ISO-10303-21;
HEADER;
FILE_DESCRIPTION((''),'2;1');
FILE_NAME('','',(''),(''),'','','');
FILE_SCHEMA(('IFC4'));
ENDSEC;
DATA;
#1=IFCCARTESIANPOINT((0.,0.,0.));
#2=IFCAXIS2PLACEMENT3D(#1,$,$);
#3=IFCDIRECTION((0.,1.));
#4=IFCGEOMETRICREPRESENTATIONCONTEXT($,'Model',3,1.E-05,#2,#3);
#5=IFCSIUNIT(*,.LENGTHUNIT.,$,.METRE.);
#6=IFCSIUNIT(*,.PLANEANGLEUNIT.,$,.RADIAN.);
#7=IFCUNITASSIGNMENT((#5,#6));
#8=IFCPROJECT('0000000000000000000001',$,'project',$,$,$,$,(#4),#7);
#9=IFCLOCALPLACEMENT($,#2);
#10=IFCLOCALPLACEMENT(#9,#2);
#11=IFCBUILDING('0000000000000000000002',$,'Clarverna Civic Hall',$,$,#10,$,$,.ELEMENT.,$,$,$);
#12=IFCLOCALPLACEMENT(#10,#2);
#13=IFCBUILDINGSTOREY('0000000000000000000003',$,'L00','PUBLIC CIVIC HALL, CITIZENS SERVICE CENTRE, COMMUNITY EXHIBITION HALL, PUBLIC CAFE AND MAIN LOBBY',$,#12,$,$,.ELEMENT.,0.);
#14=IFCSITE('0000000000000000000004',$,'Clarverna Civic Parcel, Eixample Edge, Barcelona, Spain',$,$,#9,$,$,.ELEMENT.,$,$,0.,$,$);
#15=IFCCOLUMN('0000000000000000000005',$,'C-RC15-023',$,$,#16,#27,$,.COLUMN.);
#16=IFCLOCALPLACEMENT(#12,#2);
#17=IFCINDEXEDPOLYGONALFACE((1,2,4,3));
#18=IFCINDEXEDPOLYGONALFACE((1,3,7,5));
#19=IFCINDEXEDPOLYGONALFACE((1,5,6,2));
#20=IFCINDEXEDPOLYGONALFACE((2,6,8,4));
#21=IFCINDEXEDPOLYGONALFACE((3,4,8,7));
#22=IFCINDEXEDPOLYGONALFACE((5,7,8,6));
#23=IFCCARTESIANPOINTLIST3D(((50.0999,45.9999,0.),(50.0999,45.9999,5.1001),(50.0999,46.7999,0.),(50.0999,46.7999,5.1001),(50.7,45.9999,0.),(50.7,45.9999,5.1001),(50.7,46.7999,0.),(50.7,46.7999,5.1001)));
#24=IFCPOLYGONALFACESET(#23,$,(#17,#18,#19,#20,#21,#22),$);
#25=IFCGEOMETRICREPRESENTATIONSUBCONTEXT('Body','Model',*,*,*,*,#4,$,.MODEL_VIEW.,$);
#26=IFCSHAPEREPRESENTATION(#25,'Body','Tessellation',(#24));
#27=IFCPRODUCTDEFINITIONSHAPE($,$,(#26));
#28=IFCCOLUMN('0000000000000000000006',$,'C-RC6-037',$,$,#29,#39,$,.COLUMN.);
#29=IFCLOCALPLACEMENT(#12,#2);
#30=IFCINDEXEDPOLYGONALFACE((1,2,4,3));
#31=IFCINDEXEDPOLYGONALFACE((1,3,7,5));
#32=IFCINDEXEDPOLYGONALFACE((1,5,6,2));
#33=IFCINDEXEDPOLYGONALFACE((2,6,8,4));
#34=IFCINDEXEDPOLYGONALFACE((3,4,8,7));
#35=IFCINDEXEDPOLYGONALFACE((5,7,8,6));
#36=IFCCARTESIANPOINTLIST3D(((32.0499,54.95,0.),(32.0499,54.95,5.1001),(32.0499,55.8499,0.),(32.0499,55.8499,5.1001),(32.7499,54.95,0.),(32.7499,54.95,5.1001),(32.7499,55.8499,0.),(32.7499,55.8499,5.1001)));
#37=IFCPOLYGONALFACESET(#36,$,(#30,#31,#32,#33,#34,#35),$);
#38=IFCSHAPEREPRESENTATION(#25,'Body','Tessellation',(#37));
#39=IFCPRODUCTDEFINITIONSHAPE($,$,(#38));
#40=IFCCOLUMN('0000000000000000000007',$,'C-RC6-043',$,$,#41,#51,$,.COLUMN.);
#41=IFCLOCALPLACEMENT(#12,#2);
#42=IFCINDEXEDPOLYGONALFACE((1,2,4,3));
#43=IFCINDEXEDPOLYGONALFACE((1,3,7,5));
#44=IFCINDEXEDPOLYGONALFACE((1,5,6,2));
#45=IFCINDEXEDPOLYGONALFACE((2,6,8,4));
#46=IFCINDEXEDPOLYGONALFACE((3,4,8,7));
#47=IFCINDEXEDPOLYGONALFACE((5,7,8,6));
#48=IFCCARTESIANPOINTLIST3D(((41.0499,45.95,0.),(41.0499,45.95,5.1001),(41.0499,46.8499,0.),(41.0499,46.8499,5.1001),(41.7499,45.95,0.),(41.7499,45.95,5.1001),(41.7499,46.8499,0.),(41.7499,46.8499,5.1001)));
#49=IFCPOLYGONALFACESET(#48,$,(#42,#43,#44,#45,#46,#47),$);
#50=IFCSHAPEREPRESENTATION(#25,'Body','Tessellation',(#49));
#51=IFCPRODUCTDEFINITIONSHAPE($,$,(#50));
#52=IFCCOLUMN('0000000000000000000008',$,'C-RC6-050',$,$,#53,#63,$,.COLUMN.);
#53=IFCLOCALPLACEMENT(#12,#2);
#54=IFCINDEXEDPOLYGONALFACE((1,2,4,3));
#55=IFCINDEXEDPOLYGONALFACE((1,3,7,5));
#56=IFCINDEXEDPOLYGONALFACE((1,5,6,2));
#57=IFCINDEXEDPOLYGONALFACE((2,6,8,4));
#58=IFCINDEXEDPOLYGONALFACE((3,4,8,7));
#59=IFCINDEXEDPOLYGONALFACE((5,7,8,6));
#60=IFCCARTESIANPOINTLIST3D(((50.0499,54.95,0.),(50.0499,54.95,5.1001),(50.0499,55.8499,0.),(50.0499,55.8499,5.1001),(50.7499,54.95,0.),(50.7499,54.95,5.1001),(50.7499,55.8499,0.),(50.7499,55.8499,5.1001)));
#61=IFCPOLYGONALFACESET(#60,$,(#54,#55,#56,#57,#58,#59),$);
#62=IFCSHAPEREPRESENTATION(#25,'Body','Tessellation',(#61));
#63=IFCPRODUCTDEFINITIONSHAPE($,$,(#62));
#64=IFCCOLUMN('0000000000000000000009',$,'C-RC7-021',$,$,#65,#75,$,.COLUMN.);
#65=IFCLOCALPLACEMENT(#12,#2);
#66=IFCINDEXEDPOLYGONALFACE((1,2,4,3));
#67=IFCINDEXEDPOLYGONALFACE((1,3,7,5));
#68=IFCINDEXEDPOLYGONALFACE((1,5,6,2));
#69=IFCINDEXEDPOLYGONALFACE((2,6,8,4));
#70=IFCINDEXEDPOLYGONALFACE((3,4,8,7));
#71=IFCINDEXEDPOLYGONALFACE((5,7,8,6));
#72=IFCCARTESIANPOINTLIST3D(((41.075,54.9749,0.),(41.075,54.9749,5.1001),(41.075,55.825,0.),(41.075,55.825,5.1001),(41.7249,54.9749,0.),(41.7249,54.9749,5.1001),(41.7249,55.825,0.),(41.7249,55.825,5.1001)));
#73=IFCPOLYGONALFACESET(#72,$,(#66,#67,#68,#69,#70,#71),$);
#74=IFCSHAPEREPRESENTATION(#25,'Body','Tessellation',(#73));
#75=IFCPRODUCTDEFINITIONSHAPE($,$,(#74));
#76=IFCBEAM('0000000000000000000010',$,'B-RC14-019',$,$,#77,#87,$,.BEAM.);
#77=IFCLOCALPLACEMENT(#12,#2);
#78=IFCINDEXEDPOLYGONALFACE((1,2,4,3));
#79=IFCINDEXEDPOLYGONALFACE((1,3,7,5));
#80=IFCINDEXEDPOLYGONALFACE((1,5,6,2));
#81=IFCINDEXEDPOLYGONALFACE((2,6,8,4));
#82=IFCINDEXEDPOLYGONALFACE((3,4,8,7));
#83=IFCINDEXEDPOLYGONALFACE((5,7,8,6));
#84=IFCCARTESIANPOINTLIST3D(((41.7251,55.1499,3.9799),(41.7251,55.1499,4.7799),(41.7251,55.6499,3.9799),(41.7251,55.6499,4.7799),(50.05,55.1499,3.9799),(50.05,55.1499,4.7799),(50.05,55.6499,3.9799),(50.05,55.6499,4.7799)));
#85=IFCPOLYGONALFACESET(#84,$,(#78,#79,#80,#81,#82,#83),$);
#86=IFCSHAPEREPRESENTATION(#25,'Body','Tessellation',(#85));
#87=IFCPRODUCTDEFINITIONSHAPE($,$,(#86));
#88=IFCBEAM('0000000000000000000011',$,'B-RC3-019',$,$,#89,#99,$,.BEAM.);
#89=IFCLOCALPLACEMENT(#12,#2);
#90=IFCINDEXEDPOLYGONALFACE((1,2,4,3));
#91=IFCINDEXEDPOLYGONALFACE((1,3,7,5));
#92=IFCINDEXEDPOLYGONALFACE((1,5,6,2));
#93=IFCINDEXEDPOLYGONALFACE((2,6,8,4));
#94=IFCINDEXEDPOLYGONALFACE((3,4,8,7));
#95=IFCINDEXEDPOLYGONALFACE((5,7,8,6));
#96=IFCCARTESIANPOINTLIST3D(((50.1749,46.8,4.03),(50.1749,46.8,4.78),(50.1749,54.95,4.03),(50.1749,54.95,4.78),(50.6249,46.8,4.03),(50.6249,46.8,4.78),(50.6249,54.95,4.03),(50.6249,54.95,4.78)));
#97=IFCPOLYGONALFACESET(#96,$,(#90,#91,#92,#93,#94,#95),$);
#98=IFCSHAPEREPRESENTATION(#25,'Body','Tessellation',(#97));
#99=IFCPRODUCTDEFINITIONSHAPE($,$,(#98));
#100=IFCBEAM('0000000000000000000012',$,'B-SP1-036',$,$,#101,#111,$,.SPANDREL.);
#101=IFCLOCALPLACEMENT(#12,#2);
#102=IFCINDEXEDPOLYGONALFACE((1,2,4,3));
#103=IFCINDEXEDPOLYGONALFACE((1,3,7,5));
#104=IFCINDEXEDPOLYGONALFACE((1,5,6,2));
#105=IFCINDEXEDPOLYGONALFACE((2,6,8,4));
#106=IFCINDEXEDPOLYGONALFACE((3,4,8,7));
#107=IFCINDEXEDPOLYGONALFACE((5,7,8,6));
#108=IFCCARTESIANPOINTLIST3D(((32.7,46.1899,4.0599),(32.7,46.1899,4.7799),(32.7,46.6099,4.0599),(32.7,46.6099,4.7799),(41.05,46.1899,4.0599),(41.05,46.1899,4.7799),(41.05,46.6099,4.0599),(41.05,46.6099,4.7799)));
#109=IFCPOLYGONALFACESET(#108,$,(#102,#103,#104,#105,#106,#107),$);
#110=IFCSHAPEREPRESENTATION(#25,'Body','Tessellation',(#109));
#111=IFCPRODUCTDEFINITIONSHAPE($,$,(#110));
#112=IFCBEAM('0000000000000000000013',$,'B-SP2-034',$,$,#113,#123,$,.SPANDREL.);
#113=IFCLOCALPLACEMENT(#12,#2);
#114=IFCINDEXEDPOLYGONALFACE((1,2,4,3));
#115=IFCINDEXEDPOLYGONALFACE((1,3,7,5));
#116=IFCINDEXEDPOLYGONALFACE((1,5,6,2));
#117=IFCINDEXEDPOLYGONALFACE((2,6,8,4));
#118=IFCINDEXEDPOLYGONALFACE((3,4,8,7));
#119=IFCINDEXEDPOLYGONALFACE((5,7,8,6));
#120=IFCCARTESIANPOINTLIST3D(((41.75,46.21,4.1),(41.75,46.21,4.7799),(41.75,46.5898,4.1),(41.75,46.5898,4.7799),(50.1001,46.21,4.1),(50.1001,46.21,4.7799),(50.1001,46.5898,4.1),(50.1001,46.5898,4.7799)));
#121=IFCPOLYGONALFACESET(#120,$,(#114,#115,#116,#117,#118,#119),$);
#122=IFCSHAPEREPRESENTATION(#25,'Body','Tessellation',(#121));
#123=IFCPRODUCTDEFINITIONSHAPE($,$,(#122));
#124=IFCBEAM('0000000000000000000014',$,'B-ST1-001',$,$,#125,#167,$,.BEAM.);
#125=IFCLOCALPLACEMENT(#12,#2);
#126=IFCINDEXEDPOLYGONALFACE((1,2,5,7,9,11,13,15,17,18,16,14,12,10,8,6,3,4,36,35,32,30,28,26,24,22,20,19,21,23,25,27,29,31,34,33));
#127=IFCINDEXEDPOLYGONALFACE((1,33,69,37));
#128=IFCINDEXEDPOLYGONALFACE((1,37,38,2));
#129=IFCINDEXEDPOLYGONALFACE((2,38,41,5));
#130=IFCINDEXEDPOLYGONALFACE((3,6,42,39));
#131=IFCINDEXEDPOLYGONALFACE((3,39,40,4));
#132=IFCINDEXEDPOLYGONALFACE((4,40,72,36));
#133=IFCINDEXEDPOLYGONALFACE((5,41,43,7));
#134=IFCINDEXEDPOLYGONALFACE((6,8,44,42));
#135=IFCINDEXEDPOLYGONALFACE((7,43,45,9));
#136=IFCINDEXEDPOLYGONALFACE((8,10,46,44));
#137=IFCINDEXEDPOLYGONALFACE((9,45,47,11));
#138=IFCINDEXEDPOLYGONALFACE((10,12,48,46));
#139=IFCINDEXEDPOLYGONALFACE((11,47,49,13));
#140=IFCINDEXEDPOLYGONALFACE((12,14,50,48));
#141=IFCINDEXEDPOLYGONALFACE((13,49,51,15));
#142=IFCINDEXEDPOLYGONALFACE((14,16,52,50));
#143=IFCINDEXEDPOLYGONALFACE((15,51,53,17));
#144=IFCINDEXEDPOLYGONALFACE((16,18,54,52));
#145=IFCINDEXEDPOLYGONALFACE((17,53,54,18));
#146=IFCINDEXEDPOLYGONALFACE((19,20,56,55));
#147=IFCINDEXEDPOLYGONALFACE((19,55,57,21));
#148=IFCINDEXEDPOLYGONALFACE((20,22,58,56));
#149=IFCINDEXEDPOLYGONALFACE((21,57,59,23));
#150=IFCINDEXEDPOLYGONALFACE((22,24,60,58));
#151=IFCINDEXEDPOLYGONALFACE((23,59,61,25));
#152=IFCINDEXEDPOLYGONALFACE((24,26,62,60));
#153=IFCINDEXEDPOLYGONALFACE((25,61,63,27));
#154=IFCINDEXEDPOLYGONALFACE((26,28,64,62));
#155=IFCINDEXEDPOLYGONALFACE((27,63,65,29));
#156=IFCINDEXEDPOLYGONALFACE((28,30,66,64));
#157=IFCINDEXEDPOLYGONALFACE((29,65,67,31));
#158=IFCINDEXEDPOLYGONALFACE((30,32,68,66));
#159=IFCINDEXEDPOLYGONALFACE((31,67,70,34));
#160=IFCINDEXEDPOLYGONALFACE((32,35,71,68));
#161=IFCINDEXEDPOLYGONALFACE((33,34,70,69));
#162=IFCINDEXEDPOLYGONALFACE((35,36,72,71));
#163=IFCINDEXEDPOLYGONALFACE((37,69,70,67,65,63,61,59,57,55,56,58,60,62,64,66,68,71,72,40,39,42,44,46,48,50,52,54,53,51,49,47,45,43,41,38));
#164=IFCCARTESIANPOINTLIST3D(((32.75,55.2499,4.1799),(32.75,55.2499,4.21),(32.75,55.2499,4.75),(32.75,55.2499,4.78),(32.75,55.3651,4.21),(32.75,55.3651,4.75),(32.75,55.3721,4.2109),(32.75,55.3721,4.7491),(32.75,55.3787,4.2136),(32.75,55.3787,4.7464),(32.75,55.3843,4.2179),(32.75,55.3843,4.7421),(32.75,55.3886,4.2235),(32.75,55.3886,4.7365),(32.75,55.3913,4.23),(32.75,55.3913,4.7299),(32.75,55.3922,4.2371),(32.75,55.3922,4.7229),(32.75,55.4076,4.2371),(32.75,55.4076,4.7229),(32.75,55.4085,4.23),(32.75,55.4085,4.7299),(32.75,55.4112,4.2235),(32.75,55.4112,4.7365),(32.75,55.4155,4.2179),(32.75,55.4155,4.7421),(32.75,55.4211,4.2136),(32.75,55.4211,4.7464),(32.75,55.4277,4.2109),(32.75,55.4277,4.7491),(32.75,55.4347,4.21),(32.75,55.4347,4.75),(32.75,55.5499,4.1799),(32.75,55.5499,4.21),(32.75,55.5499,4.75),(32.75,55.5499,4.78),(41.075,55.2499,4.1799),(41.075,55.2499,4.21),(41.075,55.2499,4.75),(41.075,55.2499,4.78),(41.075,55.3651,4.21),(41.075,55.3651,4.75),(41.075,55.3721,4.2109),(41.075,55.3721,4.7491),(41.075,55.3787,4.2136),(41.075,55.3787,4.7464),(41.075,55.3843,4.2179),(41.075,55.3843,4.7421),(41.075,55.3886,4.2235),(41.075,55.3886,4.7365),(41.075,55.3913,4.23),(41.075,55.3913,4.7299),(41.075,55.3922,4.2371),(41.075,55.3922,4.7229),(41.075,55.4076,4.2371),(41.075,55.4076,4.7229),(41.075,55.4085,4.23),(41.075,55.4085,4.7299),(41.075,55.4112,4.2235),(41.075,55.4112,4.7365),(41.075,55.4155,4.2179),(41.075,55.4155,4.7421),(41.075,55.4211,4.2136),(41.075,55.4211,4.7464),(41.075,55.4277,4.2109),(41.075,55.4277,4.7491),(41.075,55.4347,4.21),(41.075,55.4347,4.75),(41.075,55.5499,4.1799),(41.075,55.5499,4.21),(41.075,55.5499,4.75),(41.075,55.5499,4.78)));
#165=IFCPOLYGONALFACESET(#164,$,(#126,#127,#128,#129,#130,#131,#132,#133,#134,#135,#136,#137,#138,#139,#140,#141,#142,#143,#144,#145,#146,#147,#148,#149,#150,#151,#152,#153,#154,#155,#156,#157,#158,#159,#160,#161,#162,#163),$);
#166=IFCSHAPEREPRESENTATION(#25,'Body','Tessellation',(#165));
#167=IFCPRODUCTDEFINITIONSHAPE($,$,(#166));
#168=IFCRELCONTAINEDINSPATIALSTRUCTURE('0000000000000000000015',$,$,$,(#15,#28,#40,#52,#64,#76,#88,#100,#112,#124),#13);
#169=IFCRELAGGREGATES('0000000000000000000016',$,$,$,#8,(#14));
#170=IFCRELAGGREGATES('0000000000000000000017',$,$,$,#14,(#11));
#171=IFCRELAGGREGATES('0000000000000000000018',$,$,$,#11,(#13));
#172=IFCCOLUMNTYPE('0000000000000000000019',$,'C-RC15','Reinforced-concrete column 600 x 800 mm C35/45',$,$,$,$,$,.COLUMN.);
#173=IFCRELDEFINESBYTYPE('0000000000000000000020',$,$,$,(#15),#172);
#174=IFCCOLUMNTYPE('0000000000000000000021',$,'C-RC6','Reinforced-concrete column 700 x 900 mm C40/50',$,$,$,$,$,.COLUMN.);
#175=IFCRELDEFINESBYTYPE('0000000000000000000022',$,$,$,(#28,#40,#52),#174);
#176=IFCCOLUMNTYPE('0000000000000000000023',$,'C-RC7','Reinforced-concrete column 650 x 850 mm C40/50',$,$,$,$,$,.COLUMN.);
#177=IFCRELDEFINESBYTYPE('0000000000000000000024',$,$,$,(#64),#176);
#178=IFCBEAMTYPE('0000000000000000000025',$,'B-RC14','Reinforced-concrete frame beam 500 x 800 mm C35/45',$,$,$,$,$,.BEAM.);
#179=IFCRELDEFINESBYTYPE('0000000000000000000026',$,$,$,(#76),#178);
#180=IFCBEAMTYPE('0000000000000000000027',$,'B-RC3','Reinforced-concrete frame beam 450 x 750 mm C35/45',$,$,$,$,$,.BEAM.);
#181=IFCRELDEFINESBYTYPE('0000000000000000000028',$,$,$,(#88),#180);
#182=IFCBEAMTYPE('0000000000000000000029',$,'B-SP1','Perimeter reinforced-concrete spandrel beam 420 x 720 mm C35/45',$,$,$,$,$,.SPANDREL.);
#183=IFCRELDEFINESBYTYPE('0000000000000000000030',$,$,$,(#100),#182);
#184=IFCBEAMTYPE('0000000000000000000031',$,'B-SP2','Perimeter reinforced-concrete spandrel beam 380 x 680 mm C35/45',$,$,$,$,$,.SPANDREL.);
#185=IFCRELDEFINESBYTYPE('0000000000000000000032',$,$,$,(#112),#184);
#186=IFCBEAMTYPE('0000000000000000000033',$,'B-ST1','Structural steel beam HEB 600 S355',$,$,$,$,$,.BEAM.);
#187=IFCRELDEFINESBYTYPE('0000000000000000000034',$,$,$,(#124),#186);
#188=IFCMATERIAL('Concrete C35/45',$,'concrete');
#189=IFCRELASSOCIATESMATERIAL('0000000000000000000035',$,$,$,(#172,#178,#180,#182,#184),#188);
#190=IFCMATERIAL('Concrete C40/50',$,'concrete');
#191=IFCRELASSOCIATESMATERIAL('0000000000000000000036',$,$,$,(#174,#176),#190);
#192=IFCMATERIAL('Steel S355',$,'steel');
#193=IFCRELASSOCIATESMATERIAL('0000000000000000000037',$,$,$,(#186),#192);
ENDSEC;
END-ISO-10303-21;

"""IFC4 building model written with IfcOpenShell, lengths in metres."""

from ifc_helpers import new_model, si_unit, direction, frame, origin, origin_2d, place, context, subcontext, project, spatial, rectangle, i_section, extrude, material, material_profile, profile_set, type_object, element, save


model = new_model("IFC4")

# Units and contexts
model_context = context("Model", 3, precision=1e-05, world=origin(), true_north=direction((0.0, 1.0)))
body_context = subcontext(model_context, "Body", "Model", "MODEL_VIEW")
ifc_project = project(units=[si_unit("LENGTHUNIT", "METRE"), si_unit("PLANEANGLEUNIT", "RADIAN")], contexts=[model_context])

# Site, building, storey
site_placement = place(None, origin())
site = spatial("IfcSite", under=ifc_project, at=site_placement, Name="Clarverna Civic Parcel, Eixample Edge, Barcelona, Spain", CompositionType="ELEMENT", RefElevation=0.0)
building_placement = place(site_placement, origin())
building = spatial("IfcBuilding", under=site, at=building_placement, Name="Clarverna Civic Hall", CompositionType="ELEMENT")
storey_placement = place(building_placement, origin())
storey = spatial("IfcBuildingStorey", under=building, at=storey_placement, Name="L00", Description="PUBLIC CIVIC HALL, CITIZENS SERVICE CENTRE, COMMUNITY EXHIBITION HALL, PUBLIC CAFE AND MAIN LOBBY", CompositionType="ELEMENT", Elevation=0.0)

# Columns
ifc_material_1 = material(Name="Concrete C35/45", Category="concrete")
ifc_material_profile_1 = material_profile(ifc_material_1, rectangle(XDim=0.6001, YDim=0.8, at=origin_2d()), Name="RC 600x800")
ifc_profile_set_1 = profile_set([ifc_material_profile_1], Name="Concrete C35/45")
column_type_1 = type_object("IfcColumnType", Name="C-RC15", Description="Reinforced-concrete column 600 x 800 mm C35/45", PredefinedType="COLUMN", material=ifc_profile_set_1)
column_1_placement = place(storey_placement, frame((50.3999, 46.3999, 0.0), z_axis=(0.0, 0.0, 1.0), x_axis=(1.0, 0.0, 0.0)))
element("IfcColumn", 1, at=column_1_placement, inside=storey, type_object=column_type_1, Name="C-RC15-023", PredefinedType="COLUMN", context=body_context, shape_type="SweptSolid", body=[
    extrude(rectangle(XDim=0.6001, YDim=0.8, at=origin_2d()), origin(), (0.0, 0.0, 1.0), 5.1001),
])
ifc_material_2 = material(Name="Concrete C40/50", Category="concrete")
ifc_material_profile_2 = material_profile(ifc_material_2, rectangle(XDim=0.7, YDim=0.8999, at=origin_2d()), Name="RC 700x900")
ifc_profile_set_2 = profile_set([ifc_material_profile_2], Name="Concrete C40/50")
column_type_2 = type_object("IfcColumnType", Name="C-RC6", Description="Reinforced-concrete column 700 x 900 mm C40/50", PredefinedType="COLUMN", material=ifc_profile_set_2)
for number, where, z_axis, x_axis, name in (
    (2, (32.3999, 55.3999, 0.0), (0.0, 0.0, 1.0), (1.0, 0.0, 0.0), "C-RC6-037"),
    (3, (41.3999, 46.3999, 0.0), (0.0, 0.0, 1.0), (1.0, 0.0, 0.0), "C-RC6-043"),
    (4, (50.3999, 55.3999, 0.0), (0.0, 0.0, 1.0), (1.0, 0.0, 0.0), "C-RC6-050"),
):
    element("IfcColumn", number, at=place(storey_placement, frame(where, z_axis=z_axis, x_axis=x_axis)), inside=storey, type_object=column_type_2, Name=name, PredefinedType="COLUMN", context=body_context, shape_type="SweptSolid", body=[
        extrude(rectangle(XDim=0.7, YDim=0.8999, at=origin_2d()), origin(), (0.0, 0.0, 1.0), 5.1001),
    ])
ifc_material_profile_3 = material_profile(ifc_material_2, rectangle(XDim=0.6499, YDim=0.8501, at=origin_2d()), Name="RC 650x850")
ifc_profile_set_3 = profile_set([ifc_material_profile_3], Name="Concrete C40/50")
column_type_3 = type_object("IfcColumnType", Name="C-RC7", Description="Reinforced-concrete column 650 x 850 mm C40/50", PredefinedType="COLUMN", material=ifc_profile_set_3)
column_2_placement = place(storey_placement, frame((41.3999, 55.3999, 0.0), z_axis=(0.0, 0.0, 1.0), x_axis=(1.0, 0.0, 0.0)))
element("IfcColumn", 5, at=column_2_placement, inside=storey, type_object=column_type_3, Name="C-RC7-021", PredefinedType="COLUMN", context=body_context, shape_type="SweptSolid", body=[
    extrude(rectangle(XDim=0.6499, YDim=0.8501, at=origin_2d()), origin(), (0.0, 0.0, 1.0), 5.1001),
])

# Beams
ifc_material_profile_4 = material_profile(ifc_material_1, rectangle(XDim=0.5, YDim=0.8, at=origin_2d()), Name="RC 500x800")
ifc_profile_set_4 = profile_set([ifc_material_profile_4], Name="Concrete C35/45")
beam_type_1 = type_object("IfcBeamType", Name="B-RC14", Description="Reinforced-concrete frame beam 500 x 800 mm C35/45", PredefinedType="BEAM", material=ifc_profile_set_4)
beam_1_placement = place(storey_placement, frame((41.7251, 55.3999, 4.3799), z_axis=(1.0, 0.0, 0.0), x_axis=(0.0, 1.0, 0.0)))
element("IfcBeam", 6, at=beam_1_placement, inside=storey, type_object=beam_type_1, Name="B-RC14-019", PredefinedType="BEAM", context=body_context, shape_type="SweptSolid", body=[
    extrude(rectangle(XDim=0.5, YDim=0.8, at=origin_2d()), origin(), (0.0, 0.0, 1.0), 8.325),
])
ifc_material_profile_5 = material_profile(ifc_material_1, rectangle(XDim=0.45, YDim=0.75, at=origin_2d()), Name="RC 450x750")
ifc_profile_set_5 = profile_set([ifc_material_profile_5], Name="Concrete C35/45")
beam_type_2 = type_object("IfcBeamType", Name="B-RC3", Description="Reinforced-concrete frame beam 450 x 750 mm C35/45", PredefinedType="BEAM", material=ifc_profile_set_5)
beam_2_placement = place(storey_placement, frame((50.3999, 46.8, 4.405), z_axis=(0.0, 1.0, 0.0), x_axis=(-1.0, 0.0, 0.0)))
element("IfcBeam", 7, at=beam_2_placement, inside=storey, type_object=beam_type_2, Name="B-RC3-019", PredefinedType="BEAM", context=body_context, shape_type="SweptSolid", body=[
    extrude(rectangle(XDim=0.45, YDim=0.75, at=origin_2d()), origin(), (0.0, 0.0, 1.0), 8.1499),
])
ifc_material_profile_6 = material_profile(ifc_material_1, rectangle(XDim=0.4199, YDim=0.72, at=origin_2d()), Name="RC 420x720")
ifc_profile_set_6 = profile_set([ifc_material_profile_6], Name="Concrete C35/45")
beam_type_3 = type_object("IfcBeamType", Name="B-SP1", Description="Perimeter reinforced-concrete spandrel beam 420 x 720 mm C35/45", PredefinedType="SPANDREL", material=ifc_profile_set_6)
beam_3_placement = place(storey_placement, frame((32.7, 46.3999, 4.4199), z_axis=(1.0, 0.0, 0.0), x_axis=(0.0, 1.0, 0.0)))
element("IfcBeam", 8, at=beam_3_placement, inside=storey, type_object=beam_type_3, Name="B-SP1-036", PredefinedType="SPANDREL", context=body_context, shape_type="SweptSolid", body=[
    extrude(rectangle(XDim=0.4199, YDim=0.72, at=origin_2d()), origin(), (0.0, 0.0, 1.0), 8.3501),
])
ifc_material_profile_7 = material_profile(ifc_material_1, rectangle(XDim=0.3799, YDim=0.6799, at=origin_2d()), Name="RC 380x680")
ifc_profile_set_7 = profile_set([ifc_material_profile_7], Name="Concrete C35/45")
beam_type_4 = type_object("IfcBeamType", Name="B-SP2", Description="Perimeter reinforced-concrete spandrel beam 380 x 680 mm C35/45", PredefinedType="SPANDREL", material=ifc_profile_set_7)
beam_4_placement = place(storey_placement, frame((41.75, 46.3999, 4.4399), z_axis=(1.0, 0.0, 0.0), x_axis=(0.0, 1.0, 0.0)))
element("IfcBeam", 9, at=beam_4_placement, inside=storey, type_object=beam_type_4, Name="B-SP2-034", PredefinedType="SPANDREL", context=body_context, shape_type="SweptSolid", body=[
    extrude(rectangle(XDim=0.3799, YDim=0.6799, at=origin_2d()), origin(), (0.0, 0.0, 1.0), 8.3501),
])
ifc_material_3 = material(Name="Steel S355", Category="steel")
ifc_material_profile_8 = material_profile(ifc_material_3, i_section(OverallWidth=0.3, OverallDepth=0.6001, WebThickness=0.0154, FlangeThickness=0.03, FilletRadius=0.0271, at=origin_2d()), Name="HEB 600")
ifc_profile_set_8 = profile_set([ifc_material_profile_8], Name="Steel S355")
beam_type_5 = type_object("IfcBeamType", Name="B-ST1", Description="Structural steel beam HEB 600 S355", PredefinedType="BEAM", material=ifc_profile_set_8)
beam_5_placement = place(storey_placement, frame((32.75, 55.3999, 4.48), z_axis=(1.0, 0.0, 0.0), x_axis=(0.0, 1.0, 0.0)))
element("IfcBeam", 10, at=beam_5_placement, inside=storey, type_object=beam_type_5, Name="B-ST1-001", PredefinedType="BEAM", context=body_context, shape_type="SweptSolid", body=[
    extrude(i_section(OverallWidth=0.3, OverallDepth=0.6001, WebThickness=0.0154, FlangeThickness=0.03, FilletRadius=0.0271, at=origin_2d()), origin(), (0.0, 0.0, 1.0), 8.325),
])

save(model, "model.ifc")
